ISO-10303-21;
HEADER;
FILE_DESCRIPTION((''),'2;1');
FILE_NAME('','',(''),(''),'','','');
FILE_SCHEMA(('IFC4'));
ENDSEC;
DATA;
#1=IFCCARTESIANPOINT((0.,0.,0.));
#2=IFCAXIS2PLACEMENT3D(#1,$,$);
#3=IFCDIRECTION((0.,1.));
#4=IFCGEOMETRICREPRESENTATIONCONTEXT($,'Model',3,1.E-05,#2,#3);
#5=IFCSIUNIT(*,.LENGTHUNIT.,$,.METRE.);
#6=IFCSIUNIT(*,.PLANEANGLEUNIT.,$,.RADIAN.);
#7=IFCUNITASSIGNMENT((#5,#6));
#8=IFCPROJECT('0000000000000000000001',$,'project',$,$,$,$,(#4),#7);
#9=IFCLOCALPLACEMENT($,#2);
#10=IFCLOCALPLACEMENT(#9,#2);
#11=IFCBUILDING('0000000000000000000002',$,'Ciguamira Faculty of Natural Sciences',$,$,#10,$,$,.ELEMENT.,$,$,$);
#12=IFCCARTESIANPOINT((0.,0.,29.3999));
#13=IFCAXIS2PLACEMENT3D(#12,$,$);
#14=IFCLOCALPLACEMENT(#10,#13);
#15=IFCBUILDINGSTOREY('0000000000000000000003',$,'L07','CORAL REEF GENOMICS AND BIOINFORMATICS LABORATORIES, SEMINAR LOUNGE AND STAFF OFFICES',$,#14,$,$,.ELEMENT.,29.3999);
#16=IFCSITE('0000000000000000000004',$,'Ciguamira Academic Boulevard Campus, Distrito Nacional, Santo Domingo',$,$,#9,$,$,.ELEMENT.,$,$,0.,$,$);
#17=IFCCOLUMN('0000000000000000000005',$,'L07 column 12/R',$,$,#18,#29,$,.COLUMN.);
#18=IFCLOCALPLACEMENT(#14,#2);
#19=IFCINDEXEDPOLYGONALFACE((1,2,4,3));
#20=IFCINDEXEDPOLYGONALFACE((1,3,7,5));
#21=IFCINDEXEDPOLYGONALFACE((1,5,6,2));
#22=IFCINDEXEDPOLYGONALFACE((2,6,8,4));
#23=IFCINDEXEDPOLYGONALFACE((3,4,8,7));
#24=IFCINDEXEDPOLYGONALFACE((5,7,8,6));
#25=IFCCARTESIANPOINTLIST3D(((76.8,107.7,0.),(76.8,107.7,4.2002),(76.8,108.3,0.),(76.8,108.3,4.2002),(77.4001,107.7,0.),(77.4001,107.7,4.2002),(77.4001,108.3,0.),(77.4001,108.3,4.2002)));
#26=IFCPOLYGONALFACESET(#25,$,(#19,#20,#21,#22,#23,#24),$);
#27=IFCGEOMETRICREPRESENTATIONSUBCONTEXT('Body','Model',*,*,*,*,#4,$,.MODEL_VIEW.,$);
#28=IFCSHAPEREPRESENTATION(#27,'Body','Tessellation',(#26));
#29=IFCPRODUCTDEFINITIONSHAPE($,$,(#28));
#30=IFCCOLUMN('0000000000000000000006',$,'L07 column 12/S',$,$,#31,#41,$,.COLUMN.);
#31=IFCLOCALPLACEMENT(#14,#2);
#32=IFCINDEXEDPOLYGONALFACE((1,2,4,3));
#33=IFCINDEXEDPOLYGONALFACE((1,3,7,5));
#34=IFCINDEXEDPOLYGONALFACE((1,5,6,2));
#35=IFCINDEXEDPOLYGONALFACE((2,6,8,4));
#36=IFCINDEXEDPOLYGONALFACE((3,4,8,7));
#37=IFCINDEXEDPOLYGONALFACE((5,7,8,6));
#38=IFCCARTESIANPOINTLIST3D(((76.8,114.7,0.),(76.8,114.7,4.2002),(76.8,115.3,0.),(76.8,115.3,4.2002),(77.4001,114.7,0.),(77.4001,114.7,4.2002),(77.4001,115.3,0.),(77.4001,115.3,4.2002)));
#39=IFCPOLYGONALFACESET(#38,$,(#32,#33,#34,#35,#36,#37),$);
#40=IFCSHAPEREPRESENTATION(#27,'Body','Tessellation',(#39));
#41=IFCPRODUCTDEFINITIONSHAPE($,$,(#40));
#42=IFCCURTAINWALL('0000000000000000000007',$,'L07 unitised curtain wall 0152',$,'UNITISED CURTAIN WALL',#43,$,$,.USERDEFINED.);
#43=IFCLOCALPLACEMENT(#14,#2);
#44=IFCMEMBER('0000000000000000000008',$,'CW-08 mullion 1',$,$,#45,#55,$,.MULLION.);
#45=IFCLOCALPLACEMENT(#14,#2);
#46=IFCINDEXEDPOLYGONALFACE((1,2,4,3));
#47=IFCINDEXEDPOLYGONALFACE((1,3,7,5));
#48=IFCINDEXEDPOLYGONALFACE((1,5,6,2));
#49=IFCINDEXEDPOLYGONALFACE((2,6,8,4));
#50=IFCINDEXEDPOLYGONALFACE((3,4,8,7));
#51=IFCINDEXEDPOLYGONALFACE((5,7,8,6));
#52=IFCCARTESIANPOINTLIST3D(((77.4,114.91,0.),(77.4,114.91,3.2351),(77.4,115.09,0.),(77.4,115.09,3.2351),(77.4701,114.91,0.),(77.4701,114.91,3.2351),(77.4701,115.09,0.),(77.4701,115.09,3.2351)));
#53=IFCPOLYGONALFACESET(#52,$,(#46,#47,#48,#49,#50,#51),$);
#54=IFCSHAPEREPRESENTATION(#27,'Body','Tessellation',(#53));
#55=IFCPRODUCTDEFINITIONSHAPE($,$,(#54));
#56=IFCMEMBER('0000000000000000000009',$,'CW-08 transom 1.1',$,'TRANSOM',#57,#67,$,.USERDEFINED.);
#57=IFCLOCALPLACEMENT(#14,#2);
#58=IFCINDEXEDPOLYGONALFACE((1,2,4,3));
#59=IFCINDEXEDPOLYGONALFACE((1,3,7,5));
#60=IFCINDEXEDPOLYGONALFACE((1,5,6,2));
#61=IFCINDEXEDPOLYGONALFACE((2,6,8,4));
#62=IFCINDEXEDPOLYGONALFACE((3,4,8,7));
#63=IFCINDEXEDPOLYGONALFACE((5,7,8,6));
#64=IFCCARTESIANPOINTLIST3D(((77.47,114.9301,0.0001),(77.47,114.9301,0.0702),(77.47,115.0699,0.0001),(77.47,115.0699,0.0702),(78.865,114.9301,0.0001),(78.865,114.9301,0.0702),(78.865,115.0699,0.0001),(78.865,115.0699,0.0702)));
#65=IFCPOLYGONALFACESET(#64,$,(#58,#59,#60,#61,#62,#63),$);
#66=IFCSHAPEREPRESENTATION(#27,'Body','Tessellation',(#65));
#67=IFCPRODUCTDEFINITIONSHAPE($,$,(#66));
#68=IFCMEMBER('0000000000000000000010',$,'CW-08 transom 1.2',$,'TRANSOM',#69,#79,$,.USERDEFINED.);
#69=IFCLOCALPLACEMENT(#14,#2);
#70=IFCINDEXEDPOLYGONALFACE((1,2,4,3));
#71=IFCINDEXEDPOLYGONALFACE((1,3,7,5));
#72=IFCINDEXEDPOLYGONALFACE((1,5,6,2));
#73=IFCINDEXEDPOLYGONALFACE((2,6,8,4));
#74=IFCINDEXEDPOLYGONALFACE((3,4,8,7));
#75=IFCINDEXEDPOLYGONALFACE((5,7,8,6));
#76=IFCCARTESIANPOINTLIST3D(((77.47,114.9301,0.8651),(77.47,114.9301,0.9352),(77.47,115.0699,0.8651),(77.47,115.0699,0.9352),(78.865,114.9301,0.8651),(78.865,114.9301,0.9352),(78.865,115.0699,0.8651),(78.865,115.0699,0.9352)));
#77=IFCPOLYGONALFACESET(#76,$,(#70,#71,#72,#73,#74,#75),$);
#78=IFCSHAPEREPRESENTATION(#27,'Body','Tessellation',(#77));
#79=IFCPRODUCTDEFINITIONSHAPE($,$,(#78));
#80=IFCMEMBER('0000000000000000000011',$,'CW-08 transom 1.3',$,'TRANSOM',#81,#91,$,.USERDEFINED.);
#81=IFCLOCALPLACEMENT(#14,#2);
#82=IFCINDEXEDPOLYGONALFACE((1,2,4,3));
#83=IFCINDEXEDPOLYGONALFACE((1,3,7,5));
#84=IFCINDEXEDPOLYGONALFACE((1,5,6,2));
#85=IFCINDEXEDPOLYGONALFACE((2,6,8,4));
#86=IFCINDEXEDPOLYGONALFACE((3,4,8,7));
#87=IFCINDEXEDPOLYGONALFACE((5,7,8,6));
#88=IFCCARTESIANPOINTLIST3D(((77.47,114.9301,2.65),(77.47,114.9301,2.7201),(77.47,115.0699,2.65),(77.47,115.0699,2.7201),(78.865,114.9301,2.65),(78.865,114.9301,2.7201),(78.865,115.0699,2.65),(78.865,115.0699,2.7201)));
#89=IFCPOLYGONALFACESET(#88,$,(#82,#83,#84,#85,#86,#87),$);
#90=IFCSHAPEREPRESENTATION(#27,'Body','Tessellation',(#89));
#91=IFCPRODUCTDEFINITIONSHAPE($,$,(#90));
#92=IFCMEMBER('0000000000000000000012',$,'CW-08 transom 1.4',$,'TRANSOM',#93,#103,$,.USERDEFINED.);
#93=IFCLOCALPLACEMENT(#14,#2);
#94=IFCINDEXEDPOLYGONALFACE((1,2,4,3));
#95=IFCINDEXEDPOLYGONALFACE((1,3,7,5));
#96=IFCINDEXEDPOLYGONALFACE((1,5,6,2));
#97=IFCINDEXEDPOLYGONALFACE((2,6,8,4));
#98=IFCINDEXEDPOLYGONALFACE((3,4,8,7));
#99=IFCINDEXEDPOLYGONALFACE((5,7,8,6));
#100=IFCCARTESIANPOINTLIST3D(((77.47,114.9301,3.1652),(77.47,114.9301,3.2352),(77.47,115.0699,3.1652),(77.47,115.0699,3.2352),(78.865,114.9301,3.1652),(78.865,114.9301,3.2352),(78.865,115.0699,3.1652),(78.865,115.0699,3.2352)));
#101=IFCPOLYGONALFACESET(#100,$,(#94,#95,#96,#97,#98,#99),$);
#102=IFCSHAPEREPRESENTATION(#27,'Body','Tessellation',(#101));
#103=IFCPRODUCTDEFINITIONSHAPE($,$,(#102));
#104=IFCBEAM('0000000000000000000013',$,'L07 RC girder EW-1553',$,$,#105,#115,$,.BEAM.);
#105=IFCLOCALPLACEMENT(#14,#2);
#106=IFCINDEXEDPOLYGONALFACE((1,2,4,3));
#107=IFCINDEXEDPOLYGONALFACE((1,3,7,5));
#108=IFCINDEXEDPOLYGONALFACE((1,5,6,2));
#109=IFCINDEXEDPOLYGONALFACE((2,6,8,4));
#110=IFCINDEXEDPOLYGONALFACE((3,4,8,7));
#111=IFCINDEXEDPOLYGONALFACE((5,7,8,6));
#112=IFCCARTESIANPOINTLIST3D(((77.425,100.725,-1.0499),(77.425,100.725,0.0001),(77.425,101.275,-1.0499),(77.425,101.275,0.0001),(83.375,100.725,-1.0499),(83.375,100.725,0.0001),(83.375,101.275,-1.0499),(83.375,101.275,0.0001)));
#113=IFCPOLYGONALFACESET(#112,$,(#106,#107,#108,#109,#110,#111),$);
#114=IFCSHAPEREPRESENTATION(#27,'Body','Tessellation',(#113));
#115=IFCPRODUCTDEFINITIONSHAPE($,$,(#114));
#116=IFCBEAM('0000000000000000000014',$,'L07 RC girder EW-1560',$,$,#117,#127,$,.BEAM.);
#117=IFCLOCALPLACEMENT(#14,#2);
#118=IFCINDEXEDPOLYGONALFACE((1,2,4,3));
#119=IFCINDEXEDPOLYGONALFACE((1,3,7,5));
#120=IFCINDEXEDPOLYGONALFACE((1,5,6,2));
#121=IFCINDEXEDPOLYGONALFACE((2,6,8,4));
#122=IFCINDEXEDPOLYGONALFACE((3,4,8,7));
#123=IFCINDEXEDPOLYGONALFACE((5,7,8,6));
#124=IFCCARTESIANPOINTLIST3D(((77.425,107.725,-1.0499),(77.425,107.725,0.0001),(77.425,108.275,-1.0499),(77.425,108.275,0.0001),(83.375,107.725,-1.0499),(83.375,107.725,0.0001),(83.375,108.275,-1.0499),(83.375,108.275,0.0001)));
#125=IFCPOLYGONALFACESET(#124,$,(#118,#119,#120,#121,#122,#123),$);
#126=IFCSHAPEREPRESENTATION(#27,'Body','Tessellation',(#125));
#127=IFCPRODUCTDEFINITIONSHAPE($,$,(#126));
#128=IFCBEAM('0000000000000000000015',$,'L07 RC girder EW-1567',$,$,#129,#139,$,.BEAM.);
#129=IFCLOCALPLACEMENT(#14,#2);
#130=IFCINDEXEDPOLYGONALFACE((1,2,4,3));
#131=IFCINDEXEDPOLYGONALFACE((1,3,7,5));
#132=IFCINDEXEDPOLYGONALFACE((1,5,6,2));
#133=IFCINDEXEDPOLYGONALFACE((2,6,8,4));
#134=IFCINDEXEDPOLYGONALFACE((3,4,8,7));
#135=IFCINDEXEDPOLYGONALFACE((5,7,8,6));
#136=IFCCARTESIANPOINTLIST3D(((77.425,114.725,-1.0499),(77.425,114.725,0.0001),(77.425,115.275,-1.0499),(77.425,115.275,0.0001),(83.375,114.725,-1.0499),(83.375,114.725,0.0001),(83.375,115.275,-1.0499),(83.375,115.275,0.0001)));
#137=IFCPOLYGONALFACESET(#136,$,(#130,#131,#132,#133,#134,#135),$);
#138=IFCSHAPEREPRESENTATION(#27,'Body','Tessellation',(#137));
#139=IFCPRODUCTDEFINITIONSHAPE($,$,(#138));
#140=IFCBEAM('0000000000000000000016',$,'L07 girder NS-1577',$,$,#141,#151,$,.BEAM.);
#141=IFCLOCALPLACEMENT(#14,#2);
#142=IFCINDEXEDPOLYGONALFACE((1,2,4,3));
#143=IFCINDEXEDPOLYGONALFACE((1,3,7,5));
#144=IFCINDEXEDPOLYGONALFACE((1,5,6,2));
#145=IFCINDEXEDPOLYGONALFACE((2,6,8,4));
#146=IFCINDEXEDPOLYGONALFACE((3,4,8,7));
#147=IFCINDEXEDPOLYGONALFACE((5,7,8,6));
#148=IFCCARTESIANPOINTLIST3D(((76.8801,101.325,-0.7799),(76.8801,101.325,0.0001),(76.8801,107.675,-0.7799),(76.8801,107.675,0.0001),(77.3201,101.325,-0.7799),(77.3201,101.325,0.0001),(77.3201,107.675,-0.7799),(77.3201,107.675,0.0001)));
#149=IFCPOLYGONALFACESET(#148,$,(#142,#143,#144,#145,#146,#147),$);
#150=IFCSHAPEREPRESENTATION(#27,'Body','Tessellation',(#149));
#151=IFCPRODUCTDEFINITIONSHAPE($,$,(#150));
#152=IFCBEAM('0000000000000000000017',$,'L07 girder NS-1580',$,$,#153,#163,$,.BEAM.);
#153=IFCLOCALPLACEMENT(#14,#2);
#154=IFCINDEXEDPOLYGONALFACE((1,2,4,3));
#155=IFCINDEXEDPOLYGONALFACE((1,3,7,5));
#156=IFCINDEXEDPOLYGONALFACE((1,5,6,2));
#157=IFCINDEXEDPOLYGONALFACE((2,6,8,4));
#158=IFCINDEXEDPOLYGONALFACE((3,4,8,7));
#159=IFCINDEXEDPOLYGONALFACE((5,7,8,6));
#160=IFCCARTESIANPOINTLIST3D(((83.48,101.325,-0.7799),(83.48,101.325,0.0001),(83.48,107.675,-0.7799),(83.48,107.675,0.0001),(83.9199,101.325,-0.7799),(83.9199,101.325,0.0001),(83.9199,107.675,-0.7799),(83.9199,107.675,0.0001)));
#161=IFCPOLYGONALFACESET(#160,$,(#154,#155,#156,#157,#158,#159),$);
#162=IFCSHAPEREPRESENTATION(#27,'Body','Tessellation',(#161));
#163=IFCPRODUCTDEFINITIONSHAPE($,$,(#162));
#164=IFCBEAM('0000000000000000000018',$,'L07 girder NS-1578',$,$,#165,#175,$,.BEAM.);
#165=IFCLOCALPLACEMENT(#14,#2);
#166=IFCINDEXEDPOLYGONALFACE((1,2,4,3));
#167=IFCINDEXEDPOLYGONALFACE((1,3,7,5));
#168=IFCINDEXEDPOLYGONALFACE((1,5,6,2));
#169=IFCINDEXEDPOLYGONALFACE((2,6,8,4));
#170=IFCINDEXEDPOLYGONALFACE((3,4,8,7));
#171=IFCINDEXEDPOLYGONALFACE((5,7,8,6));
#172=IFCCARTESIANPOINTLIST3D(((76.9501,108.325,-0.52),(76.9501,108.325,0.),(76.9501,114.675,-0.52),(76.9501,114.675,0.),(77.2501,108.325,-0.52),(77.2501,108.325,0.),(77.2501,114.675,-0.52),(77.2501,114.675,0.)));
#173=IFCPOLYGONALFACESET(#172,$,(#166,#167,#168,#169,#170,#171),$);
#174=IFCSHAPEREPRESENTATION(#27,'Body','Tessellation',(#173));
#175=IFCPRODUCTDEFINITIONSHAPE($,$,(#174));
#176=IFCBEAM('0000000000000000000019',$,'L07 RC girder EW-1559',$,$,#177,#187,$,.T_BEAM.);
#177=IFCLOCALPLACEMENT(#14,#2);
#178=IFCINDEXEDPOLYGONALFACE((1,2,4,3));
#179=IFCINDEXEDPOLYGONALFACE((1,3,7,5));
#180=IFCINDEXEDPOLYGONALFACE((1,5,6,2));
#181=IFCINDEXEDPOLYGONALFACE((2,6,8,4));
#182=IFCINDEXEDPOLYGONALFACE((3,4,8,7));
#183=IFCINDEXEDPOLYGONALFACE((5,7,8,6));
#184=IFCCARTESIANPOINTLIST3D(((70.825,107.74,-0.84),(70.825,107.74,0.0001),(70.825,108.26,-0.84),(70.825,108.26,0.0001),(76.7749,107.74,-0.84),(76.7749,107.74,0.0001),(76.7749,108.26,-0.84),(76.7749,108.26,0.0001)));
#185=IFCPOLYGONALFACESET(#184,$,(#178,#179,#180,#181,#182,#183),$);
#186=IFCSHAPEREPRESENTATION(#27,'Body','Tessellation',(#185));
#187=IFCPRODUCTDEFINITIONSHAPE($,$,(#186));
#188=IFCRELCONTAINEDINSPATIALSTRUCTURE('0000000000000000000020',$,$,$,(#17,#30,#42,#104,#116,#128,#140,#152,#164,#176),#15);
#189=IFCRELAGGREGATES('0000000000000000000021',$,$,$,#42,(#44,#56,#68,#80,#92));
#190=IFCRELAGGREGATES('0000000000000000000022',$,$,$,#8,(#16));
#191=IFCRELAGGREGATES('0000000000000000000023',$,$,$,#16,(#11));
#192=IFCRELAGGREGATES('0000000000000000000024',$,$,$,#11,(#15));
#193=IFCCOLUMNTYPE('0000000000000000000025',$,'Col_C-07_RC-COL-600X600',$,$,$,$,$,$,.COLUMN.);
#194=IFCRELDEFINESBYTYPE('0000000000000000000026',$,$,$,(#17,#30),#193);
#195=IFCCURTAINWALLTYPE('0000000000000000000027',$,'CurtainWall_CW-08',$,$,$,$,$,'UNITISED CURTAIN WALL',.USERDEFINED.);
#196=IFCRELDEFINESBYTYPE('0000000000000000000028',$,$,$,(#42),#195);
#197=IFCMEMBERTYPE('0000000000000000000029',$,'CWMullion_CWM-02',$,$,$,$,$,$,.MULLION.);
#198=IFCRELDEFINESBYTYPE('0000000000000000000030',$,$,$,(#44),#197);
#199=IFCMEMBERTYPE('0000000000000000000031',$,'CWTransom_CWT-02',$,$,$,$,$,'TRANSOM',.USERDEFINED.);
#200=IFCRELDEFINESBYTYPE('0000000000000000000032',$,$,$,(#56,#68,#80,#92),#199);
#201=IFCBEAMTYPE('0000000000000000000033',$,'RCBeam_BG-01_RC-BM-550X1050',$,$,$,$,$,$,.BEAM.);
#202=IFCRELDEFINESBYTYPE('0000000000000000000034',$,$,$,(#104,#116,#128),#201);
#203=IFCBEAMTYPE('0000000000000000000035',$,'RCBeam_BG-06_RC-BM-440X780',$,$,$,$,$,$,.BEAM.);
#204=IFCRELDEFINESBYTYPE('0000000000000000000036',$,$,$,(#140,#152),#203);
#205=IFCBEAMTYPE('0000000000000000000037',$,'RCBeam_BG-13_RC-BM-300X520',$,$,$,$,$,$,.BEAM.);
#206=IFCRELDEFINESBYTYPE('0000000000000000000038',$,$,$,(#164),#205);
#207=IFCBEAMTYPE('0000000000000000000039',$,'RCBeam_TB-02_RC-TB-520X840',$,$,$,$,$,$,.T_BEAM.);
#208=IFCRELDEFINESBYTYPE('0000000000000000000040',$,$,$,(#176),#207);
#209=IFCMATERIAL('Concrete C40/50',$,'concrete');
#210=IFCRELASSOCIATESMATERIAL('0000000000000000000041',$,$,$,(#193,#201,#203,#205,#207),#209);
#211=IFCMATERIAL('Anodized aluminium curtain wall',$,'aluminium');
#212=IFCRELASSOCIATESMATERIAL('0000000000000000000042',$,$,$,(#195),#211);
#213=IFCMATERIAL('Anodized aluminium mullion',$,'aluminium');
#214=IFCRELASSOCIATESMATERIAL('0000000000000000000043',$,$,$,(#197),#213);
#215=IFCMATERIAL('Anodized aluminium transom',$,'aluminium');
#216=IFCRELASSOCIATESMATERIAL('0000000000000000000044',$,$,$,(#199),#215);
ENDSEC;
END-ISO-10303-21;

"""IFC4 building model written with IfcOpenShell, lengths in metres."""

from ifc_helpers import new_model, si_unit, direction, frame, origin, origin_2d, place, context, subcontext, project, spatial, rectangle, extrude, material, material_profile, profile_set, type_object, element, aggregate, save


model = new_model("IFC4")

# Units and contexts
model_context = context("Model", 3, precision=1e-05, world=origin(), true_north=direction((0.0, 1.0)))
body_context = subcontext(model_context, "Body", "Model", "MODEL_VIEW")
ifc_project = project(units=[si_unit("LENGTHUNIT", "METRE"), si_unit("PLANEANGLEUNIT", "RADIAN")], contexts=[model_context])

# Site, building, storey
site_placement = place(None, origin())
site = spatial("IfcSite", under=ifc_project, at=site_placement, Name="Ciguamira Academic Boulevard Campus, Distrito Nacional, Santo Domingo", CompositionType="ELEMENT", RefElevation=0.0)
building_placement = place(site_placement, origin())
building = spatial("IfcBuilding", under=site, at=building_placement, Name="Ciguamira Faculty of Natural Sciences", CompositionType="ELEMENT")
storey_placement = place(building_placement, frame((0.0, 0.0, 29.3999)))
storey = spatial("IfcBuildingStorey", under=building, at=storey_placement, Name="L07", Description="CORAL REEF GENOMICS AND BIOINFORMATICS LABORATORIES, SEMINAR LOUNGE AND STAFF OFFICES", CompositionType="ELEMENT", Elevation=29.3999)

# Columns
ifc_material_1 = material(Name="Concrete C40/50", Category="concrete")
ifc_material_profile_1 = material_profile(ifc_material_1, rectangle(XDim=0.6001, YDim=0.6001, at=origin_2d()), Name="RC-COL-600X600")
ifc_profile_set_1 = profile_set([ifc_material_profile_1], Name="Concrete C40/50")
column_type = type_object("IfcColumnType", Name="Col_C-07_RC-COL-600X600", PredefinedType="COLUMN", material=ifc_profile_set_1)
for number, where, z_axis, x_axis, name in (
    (1, (77.1001, 108.0, 0.0), (0.0, 0.0, 1.0), (1.0, 0.0, 0.0), "L07 column 12/R"),
    (2, (77.1001, 115.0, 0.0), (0.0, 0.0, 1.0), (1.0, 0.0, 0.0), "L07 column 12/S"),
):
    element("IfcColumn", number, at=place(storey_placement, frame(where, z_axis=z_axis, x_axis=x_axis)), inside=storey, type_object=column_type, Name=name, PredefinedType="COLUMN", context=body_context, shape_type="SweptSolid", body=[
        extrude(rectangle(XDim=0.6001, YDim=0.6001, at=origin_2d()), origin(), (0.0, 0.0, 1.0), 4.2002),
    ])

# Curtain wall, members
ifc_material_2 = material(Name="Anodized aluminium curtain wall", Category="aluminium")
curtain_wall_type = type_object("IfcCurtainWallType", Name="CurtainWall_CW-08", ElementType="UNITISED CURTAIN WALL", PredefinedType="USERDEFINED", material=ifc_material_2)
curtain_wall_placement = place(storey_placement, origin())
curtain_wall = element("IfcCurtainWall", 3, at=curtain_wall_placement, inside=storey, type_object=curtain_wall_type, Name="L07 unitised curtain wall 0152", ObjectType="UNITISED CURTAIN WALL", PredefinedType="USERDEFINED")
ifc_material_3 = material(Name="Anodized aluminium mullion", Category="aluminium")
ifc_material_profile_2 = material_profile(ifc_material_3, rectangle(XDim=0.0701, YDim=0.1799, at=origin_2d()), Name="ALU-MUL-70X180")
ifc_profile_set_2 = profile_set([ifc_material_profile_2], Name="Anodized aluminium mullion")
member_type_1 = type_object("IfcMemberType", Name="CWMullion_CWM-02", PredefinedType="MULLION", material=ifc_profile_set_2)
member_1_placement = place(storey_placement, frame((77.4351, 115.0, 0.0), z_axis=(0.0, 0.0, 1.0), x_axis=(1.0, 0.0, 0.0)))
member_1 = element("IfcMember", 4, at=member_1_placement, type_object=member_type_1, Name="CW-08 mullion 1", PredefinedType="MULLION", context=body_context, shape_type="SweptSolid", body=[
    extrude(rectangle(XDim=0.0701, YDim=0.1799, at=origin_2d()), origin(), (0.0, 0.0, 1.0), 3.2351),
])
ifc_material_4 = material(Name="Anodized aluminium transom", Category="aluminium")
ifc_material_profile_3 = material_profile(ifc_material_4, rectangle(XDim=0.0701, YDim=0.1399, at=origin_2d()), Name="ALU-TRN-70X140")
ifc_profile_set_3 = profile_set([ifc_material_profile_3], Name="Anodized aluminium transom")
member_type_2 = type_object("IfcMemberType", Name="CWTransom_CWT-02", ElementType="TRANSOM", PredefinedType="USERDEFINED", material=ifc_profile_set_3)
member_2_placement = place(storey_placement, frame((77.47, 115.0, 0.0352), z_axis=(1.0, 0.0, 0.0), x_axis=(0.0, 0.0, 1.0)))
member_2 = element("IfcMember", 5, at=member_2_placement, type_object=member_type_2, Name="CW-08 transom 1.1", ObjectType="TRANSOM", PredefinedType="USERDEFINED", context=body_context, shape_type="SweptSolid", body=[
    extrude(rectangle(XDim=0.0701, YDim=0.1399, at=origin_2d()), origin(), (0.0, 0.0, 1.0), 1.395),
])
member_3_placement = place(storey_placement, frame((77.47, 115.0, 0.9001), z_axis=(1.0, 0.0, 0.0), x_axis=(0.0, 0.0, 1.0)))
member_3 = element("IfcMember", 6, at=member_3_placement, type_object=member_type_2, Name="CW-08 transom 1.2", ObjectType="TRANSOM", PredefinedType="USERDEFINED", context=body_context, shape_type="SweptSolid", body=[
    extrude(rectangle(XDim=0.0701, YDim=0.1399, at=origin_2d()), origin(), (0.0, 0.0, 1.0), 1.395),
])
member_4_placement = place(storey_placement, frame((77.47, 115.0, 2.6851), z_axis=(1.0, 0.0, 0.0), x_axis=(0.0, 0.0, 1.0)))
member_4 = element("IfcMember", 7, at=member_4_placement, type_object=member_type_2, Name="CW-08 transom 1.3", ObjectType="TRANSOM", PredefinedType="USERDEFINED", context=body_context, shape_type="SweptSolid", body=[
    extrude(rectangle(XDim=0.0701, YDim=0.1399, at=origin_2d()), origin(), (0.0, 0.0, 1.0), 1.395),
])
member_5_placement = place(storey_placement, frame((77.47, 115.0, 3.2002), z_axis=(1.0, 0.0, 0.0), x_axis=(0.0, 0.0, 1.0)))
member_5 = element("IfcMember", 8, at=member_5_placement, type_object=member_type_2, Name="CW-08 transom 1.4", ObjectType="TRANSOM", PredefinedType="USERDEFINED", context=body_context, shape_type="SweptSolid", body=[
    extrude(rectangle(XDim=0.0701, YDim=0.1399, at=origin_2d()), origin(), (0.0, 0.0, 1.0), 1.395),
])

# Beams
ifc_material_profile_4 = material_profile(ifc_material_1, rectangle(XDim=0.55, YDim=1.05, at=origin_2d()), Name="RC-BM-550X1050")
ifc_profile_set_4 = profile_set([ifc_material_profile_4], Name="Concrete C40/50")
beam_type_1 = type_object("IfcBeamType", Name="RCBeam_BG-01_RC-BM-550X1050", PredefinedType="BEAM", material=ifc_profile_set_4)
for number, where, z_axis, x_axis, name in (
    (9, (77.425, 101.0, -0.5249), (1.0, 0.0, 0.0), (0.0, 1.0, 0.0), "L07 RC girder EW-1553"),
    (10, (77.425, 108.0, -0.5249), (1.0, 0.0, 0.0), (0.0, 1.0, 0.0), "L07 RC girder EW-1560"),
    (11, (77.425, 115.0, -0.5249), (1.0, 0.0, 0.0), (0.0, 1.0, 0.0), "L07 RC girder EW-1567"),
):
    element("IfcBeam", number, at=place(storey_placement, frame(where, z_axis=z_axis, x_axis=x_axis)), inside=storey, type_object=beam_type_1, Name=name, PredefinedType="BEAM", context=body_context, shape_type="SweptSolid", body=[
        extrude(rectangle(XDim=0.55, YDim=1.05, at=origin_2d()), origin(), (0.0, 0.0, 1.0), 5.95),
    ])
ifc_material_profile_5 = material_profile(ifc_material_1, rectangle(XDim=0.4399, YDim=0.78, at=origin_2d()), Name="RC-BM-440X780")
ifc_profile_set_5 = profile_set([ifc_material_profile_5], Name="Concrete C40/50")
beam_type_2 = type_object("IfcBeamType", Name="RCBeam_BG-06_RC-BM-440X780", PredefinedType="BEAM", material=ifc_profile_set_5)
for number, where, z_axis, x_axis, name in (
    (12, (77.1001, 101.325, -0.3899), (0.0, 1.0, 0.0), (-1.0, 0.0, 0.0), "L07 girder NS-1577"),
    (13, (83.7, 101.325, -0.3899), (0.0, 1.0, 0.0), (-1.0, 0.0, 0.0), "L07 girder NS-1580"),
):
    element("IfcBeam", number, at=place(storey_placement, frame(where, z_axis=z_axis, x_axis=x_axis)), inside=storey, type_object=beam_type_2, Name=name, PredefinedType="BEAM", context=body_context, shape_type="SweptSolid", body=[
        extrude(rectangle(XDim=0.4399, YDim=0.78, at=origin_2d()), origin(), (0.0, 0.0, 1.0), 6.3501),
    ])
ifc_material_profile_6 = material_profile(ifc_material_1, rectangle(XDim=0.3, YDim=0.52, at=origin_2d()), Name="RC-BM-300X520")
ifc_profile_set_6 = profile_set([ifc_material_profile_6], Name="Concrete C40/50")
beam_type_3 = type_object("IfcBeamType", Name="RCBeam_BG-13_RC-BM-300X520", PredefinedType="BEAM", material=ifc_profile_set_6)
beam_1_placement = place(storey_placement, frame((77.1001, 108.325, -0.26), z_axis=(0.0, 1.0, 0.0), x_axis=(-1.0, 0.0, 0.0)))
element("IfcBeam", 14, at=beam_1_placement, inside=storey, type_object=beam_type_3, Name="L07 girder NS-1578", PredefinedType="BEAM", context=body_context, shape_type="SweptSolid", body=[
    extrude(rectangle(XDim=0.3, YDim=0.52, at=origin_2d()), origin(), (0.0, 0.0, 1.0), 6.3501),
])
ifc_material_profile_7 = material_profile(ifc_material_1, rectangle(XDim=0.52, YDim=0.8401, at=origin_2d()), Name="RC-TB-520X840")
ifc_profile_set_7 = profile_set([ifc_material_profile_7], Name="Concrete C40/50")
beam_type_4 = type_object("IfcBeamType", Name="RCBeam_TB-02_RC-TB-520X840", PredefinedType="T_BEAM", material=ifc_profile_set_7)
for number, where, z_axis, x_axis, name in (
    (15, (70.825, 108.0, -0.4199), (1.0, 0.0, 0.0), (0.0, 1.0, 0.0), "L07 RC girder EW-1559"),
):
    element("IfcBeam", number, at=place(storey_placement, frame(where, z_axis=z_axis, x_axis=x_axis)), inside=storey, type_object=beam_type_4, Name=name, PredefinedType="T_BEAM", context=body_context, shape_type="SweptSolid", body=[
        extrude(rectangle(XDim=0.52, YDim=0.8401, at=origin_2d()), origin(), (0.0, 0.0, 1.0), 5.95),
    ])

aggregate(curtain_wall, [member_1, member_2, member_3, member_4, member_5])

save(model, "model.ifc")
